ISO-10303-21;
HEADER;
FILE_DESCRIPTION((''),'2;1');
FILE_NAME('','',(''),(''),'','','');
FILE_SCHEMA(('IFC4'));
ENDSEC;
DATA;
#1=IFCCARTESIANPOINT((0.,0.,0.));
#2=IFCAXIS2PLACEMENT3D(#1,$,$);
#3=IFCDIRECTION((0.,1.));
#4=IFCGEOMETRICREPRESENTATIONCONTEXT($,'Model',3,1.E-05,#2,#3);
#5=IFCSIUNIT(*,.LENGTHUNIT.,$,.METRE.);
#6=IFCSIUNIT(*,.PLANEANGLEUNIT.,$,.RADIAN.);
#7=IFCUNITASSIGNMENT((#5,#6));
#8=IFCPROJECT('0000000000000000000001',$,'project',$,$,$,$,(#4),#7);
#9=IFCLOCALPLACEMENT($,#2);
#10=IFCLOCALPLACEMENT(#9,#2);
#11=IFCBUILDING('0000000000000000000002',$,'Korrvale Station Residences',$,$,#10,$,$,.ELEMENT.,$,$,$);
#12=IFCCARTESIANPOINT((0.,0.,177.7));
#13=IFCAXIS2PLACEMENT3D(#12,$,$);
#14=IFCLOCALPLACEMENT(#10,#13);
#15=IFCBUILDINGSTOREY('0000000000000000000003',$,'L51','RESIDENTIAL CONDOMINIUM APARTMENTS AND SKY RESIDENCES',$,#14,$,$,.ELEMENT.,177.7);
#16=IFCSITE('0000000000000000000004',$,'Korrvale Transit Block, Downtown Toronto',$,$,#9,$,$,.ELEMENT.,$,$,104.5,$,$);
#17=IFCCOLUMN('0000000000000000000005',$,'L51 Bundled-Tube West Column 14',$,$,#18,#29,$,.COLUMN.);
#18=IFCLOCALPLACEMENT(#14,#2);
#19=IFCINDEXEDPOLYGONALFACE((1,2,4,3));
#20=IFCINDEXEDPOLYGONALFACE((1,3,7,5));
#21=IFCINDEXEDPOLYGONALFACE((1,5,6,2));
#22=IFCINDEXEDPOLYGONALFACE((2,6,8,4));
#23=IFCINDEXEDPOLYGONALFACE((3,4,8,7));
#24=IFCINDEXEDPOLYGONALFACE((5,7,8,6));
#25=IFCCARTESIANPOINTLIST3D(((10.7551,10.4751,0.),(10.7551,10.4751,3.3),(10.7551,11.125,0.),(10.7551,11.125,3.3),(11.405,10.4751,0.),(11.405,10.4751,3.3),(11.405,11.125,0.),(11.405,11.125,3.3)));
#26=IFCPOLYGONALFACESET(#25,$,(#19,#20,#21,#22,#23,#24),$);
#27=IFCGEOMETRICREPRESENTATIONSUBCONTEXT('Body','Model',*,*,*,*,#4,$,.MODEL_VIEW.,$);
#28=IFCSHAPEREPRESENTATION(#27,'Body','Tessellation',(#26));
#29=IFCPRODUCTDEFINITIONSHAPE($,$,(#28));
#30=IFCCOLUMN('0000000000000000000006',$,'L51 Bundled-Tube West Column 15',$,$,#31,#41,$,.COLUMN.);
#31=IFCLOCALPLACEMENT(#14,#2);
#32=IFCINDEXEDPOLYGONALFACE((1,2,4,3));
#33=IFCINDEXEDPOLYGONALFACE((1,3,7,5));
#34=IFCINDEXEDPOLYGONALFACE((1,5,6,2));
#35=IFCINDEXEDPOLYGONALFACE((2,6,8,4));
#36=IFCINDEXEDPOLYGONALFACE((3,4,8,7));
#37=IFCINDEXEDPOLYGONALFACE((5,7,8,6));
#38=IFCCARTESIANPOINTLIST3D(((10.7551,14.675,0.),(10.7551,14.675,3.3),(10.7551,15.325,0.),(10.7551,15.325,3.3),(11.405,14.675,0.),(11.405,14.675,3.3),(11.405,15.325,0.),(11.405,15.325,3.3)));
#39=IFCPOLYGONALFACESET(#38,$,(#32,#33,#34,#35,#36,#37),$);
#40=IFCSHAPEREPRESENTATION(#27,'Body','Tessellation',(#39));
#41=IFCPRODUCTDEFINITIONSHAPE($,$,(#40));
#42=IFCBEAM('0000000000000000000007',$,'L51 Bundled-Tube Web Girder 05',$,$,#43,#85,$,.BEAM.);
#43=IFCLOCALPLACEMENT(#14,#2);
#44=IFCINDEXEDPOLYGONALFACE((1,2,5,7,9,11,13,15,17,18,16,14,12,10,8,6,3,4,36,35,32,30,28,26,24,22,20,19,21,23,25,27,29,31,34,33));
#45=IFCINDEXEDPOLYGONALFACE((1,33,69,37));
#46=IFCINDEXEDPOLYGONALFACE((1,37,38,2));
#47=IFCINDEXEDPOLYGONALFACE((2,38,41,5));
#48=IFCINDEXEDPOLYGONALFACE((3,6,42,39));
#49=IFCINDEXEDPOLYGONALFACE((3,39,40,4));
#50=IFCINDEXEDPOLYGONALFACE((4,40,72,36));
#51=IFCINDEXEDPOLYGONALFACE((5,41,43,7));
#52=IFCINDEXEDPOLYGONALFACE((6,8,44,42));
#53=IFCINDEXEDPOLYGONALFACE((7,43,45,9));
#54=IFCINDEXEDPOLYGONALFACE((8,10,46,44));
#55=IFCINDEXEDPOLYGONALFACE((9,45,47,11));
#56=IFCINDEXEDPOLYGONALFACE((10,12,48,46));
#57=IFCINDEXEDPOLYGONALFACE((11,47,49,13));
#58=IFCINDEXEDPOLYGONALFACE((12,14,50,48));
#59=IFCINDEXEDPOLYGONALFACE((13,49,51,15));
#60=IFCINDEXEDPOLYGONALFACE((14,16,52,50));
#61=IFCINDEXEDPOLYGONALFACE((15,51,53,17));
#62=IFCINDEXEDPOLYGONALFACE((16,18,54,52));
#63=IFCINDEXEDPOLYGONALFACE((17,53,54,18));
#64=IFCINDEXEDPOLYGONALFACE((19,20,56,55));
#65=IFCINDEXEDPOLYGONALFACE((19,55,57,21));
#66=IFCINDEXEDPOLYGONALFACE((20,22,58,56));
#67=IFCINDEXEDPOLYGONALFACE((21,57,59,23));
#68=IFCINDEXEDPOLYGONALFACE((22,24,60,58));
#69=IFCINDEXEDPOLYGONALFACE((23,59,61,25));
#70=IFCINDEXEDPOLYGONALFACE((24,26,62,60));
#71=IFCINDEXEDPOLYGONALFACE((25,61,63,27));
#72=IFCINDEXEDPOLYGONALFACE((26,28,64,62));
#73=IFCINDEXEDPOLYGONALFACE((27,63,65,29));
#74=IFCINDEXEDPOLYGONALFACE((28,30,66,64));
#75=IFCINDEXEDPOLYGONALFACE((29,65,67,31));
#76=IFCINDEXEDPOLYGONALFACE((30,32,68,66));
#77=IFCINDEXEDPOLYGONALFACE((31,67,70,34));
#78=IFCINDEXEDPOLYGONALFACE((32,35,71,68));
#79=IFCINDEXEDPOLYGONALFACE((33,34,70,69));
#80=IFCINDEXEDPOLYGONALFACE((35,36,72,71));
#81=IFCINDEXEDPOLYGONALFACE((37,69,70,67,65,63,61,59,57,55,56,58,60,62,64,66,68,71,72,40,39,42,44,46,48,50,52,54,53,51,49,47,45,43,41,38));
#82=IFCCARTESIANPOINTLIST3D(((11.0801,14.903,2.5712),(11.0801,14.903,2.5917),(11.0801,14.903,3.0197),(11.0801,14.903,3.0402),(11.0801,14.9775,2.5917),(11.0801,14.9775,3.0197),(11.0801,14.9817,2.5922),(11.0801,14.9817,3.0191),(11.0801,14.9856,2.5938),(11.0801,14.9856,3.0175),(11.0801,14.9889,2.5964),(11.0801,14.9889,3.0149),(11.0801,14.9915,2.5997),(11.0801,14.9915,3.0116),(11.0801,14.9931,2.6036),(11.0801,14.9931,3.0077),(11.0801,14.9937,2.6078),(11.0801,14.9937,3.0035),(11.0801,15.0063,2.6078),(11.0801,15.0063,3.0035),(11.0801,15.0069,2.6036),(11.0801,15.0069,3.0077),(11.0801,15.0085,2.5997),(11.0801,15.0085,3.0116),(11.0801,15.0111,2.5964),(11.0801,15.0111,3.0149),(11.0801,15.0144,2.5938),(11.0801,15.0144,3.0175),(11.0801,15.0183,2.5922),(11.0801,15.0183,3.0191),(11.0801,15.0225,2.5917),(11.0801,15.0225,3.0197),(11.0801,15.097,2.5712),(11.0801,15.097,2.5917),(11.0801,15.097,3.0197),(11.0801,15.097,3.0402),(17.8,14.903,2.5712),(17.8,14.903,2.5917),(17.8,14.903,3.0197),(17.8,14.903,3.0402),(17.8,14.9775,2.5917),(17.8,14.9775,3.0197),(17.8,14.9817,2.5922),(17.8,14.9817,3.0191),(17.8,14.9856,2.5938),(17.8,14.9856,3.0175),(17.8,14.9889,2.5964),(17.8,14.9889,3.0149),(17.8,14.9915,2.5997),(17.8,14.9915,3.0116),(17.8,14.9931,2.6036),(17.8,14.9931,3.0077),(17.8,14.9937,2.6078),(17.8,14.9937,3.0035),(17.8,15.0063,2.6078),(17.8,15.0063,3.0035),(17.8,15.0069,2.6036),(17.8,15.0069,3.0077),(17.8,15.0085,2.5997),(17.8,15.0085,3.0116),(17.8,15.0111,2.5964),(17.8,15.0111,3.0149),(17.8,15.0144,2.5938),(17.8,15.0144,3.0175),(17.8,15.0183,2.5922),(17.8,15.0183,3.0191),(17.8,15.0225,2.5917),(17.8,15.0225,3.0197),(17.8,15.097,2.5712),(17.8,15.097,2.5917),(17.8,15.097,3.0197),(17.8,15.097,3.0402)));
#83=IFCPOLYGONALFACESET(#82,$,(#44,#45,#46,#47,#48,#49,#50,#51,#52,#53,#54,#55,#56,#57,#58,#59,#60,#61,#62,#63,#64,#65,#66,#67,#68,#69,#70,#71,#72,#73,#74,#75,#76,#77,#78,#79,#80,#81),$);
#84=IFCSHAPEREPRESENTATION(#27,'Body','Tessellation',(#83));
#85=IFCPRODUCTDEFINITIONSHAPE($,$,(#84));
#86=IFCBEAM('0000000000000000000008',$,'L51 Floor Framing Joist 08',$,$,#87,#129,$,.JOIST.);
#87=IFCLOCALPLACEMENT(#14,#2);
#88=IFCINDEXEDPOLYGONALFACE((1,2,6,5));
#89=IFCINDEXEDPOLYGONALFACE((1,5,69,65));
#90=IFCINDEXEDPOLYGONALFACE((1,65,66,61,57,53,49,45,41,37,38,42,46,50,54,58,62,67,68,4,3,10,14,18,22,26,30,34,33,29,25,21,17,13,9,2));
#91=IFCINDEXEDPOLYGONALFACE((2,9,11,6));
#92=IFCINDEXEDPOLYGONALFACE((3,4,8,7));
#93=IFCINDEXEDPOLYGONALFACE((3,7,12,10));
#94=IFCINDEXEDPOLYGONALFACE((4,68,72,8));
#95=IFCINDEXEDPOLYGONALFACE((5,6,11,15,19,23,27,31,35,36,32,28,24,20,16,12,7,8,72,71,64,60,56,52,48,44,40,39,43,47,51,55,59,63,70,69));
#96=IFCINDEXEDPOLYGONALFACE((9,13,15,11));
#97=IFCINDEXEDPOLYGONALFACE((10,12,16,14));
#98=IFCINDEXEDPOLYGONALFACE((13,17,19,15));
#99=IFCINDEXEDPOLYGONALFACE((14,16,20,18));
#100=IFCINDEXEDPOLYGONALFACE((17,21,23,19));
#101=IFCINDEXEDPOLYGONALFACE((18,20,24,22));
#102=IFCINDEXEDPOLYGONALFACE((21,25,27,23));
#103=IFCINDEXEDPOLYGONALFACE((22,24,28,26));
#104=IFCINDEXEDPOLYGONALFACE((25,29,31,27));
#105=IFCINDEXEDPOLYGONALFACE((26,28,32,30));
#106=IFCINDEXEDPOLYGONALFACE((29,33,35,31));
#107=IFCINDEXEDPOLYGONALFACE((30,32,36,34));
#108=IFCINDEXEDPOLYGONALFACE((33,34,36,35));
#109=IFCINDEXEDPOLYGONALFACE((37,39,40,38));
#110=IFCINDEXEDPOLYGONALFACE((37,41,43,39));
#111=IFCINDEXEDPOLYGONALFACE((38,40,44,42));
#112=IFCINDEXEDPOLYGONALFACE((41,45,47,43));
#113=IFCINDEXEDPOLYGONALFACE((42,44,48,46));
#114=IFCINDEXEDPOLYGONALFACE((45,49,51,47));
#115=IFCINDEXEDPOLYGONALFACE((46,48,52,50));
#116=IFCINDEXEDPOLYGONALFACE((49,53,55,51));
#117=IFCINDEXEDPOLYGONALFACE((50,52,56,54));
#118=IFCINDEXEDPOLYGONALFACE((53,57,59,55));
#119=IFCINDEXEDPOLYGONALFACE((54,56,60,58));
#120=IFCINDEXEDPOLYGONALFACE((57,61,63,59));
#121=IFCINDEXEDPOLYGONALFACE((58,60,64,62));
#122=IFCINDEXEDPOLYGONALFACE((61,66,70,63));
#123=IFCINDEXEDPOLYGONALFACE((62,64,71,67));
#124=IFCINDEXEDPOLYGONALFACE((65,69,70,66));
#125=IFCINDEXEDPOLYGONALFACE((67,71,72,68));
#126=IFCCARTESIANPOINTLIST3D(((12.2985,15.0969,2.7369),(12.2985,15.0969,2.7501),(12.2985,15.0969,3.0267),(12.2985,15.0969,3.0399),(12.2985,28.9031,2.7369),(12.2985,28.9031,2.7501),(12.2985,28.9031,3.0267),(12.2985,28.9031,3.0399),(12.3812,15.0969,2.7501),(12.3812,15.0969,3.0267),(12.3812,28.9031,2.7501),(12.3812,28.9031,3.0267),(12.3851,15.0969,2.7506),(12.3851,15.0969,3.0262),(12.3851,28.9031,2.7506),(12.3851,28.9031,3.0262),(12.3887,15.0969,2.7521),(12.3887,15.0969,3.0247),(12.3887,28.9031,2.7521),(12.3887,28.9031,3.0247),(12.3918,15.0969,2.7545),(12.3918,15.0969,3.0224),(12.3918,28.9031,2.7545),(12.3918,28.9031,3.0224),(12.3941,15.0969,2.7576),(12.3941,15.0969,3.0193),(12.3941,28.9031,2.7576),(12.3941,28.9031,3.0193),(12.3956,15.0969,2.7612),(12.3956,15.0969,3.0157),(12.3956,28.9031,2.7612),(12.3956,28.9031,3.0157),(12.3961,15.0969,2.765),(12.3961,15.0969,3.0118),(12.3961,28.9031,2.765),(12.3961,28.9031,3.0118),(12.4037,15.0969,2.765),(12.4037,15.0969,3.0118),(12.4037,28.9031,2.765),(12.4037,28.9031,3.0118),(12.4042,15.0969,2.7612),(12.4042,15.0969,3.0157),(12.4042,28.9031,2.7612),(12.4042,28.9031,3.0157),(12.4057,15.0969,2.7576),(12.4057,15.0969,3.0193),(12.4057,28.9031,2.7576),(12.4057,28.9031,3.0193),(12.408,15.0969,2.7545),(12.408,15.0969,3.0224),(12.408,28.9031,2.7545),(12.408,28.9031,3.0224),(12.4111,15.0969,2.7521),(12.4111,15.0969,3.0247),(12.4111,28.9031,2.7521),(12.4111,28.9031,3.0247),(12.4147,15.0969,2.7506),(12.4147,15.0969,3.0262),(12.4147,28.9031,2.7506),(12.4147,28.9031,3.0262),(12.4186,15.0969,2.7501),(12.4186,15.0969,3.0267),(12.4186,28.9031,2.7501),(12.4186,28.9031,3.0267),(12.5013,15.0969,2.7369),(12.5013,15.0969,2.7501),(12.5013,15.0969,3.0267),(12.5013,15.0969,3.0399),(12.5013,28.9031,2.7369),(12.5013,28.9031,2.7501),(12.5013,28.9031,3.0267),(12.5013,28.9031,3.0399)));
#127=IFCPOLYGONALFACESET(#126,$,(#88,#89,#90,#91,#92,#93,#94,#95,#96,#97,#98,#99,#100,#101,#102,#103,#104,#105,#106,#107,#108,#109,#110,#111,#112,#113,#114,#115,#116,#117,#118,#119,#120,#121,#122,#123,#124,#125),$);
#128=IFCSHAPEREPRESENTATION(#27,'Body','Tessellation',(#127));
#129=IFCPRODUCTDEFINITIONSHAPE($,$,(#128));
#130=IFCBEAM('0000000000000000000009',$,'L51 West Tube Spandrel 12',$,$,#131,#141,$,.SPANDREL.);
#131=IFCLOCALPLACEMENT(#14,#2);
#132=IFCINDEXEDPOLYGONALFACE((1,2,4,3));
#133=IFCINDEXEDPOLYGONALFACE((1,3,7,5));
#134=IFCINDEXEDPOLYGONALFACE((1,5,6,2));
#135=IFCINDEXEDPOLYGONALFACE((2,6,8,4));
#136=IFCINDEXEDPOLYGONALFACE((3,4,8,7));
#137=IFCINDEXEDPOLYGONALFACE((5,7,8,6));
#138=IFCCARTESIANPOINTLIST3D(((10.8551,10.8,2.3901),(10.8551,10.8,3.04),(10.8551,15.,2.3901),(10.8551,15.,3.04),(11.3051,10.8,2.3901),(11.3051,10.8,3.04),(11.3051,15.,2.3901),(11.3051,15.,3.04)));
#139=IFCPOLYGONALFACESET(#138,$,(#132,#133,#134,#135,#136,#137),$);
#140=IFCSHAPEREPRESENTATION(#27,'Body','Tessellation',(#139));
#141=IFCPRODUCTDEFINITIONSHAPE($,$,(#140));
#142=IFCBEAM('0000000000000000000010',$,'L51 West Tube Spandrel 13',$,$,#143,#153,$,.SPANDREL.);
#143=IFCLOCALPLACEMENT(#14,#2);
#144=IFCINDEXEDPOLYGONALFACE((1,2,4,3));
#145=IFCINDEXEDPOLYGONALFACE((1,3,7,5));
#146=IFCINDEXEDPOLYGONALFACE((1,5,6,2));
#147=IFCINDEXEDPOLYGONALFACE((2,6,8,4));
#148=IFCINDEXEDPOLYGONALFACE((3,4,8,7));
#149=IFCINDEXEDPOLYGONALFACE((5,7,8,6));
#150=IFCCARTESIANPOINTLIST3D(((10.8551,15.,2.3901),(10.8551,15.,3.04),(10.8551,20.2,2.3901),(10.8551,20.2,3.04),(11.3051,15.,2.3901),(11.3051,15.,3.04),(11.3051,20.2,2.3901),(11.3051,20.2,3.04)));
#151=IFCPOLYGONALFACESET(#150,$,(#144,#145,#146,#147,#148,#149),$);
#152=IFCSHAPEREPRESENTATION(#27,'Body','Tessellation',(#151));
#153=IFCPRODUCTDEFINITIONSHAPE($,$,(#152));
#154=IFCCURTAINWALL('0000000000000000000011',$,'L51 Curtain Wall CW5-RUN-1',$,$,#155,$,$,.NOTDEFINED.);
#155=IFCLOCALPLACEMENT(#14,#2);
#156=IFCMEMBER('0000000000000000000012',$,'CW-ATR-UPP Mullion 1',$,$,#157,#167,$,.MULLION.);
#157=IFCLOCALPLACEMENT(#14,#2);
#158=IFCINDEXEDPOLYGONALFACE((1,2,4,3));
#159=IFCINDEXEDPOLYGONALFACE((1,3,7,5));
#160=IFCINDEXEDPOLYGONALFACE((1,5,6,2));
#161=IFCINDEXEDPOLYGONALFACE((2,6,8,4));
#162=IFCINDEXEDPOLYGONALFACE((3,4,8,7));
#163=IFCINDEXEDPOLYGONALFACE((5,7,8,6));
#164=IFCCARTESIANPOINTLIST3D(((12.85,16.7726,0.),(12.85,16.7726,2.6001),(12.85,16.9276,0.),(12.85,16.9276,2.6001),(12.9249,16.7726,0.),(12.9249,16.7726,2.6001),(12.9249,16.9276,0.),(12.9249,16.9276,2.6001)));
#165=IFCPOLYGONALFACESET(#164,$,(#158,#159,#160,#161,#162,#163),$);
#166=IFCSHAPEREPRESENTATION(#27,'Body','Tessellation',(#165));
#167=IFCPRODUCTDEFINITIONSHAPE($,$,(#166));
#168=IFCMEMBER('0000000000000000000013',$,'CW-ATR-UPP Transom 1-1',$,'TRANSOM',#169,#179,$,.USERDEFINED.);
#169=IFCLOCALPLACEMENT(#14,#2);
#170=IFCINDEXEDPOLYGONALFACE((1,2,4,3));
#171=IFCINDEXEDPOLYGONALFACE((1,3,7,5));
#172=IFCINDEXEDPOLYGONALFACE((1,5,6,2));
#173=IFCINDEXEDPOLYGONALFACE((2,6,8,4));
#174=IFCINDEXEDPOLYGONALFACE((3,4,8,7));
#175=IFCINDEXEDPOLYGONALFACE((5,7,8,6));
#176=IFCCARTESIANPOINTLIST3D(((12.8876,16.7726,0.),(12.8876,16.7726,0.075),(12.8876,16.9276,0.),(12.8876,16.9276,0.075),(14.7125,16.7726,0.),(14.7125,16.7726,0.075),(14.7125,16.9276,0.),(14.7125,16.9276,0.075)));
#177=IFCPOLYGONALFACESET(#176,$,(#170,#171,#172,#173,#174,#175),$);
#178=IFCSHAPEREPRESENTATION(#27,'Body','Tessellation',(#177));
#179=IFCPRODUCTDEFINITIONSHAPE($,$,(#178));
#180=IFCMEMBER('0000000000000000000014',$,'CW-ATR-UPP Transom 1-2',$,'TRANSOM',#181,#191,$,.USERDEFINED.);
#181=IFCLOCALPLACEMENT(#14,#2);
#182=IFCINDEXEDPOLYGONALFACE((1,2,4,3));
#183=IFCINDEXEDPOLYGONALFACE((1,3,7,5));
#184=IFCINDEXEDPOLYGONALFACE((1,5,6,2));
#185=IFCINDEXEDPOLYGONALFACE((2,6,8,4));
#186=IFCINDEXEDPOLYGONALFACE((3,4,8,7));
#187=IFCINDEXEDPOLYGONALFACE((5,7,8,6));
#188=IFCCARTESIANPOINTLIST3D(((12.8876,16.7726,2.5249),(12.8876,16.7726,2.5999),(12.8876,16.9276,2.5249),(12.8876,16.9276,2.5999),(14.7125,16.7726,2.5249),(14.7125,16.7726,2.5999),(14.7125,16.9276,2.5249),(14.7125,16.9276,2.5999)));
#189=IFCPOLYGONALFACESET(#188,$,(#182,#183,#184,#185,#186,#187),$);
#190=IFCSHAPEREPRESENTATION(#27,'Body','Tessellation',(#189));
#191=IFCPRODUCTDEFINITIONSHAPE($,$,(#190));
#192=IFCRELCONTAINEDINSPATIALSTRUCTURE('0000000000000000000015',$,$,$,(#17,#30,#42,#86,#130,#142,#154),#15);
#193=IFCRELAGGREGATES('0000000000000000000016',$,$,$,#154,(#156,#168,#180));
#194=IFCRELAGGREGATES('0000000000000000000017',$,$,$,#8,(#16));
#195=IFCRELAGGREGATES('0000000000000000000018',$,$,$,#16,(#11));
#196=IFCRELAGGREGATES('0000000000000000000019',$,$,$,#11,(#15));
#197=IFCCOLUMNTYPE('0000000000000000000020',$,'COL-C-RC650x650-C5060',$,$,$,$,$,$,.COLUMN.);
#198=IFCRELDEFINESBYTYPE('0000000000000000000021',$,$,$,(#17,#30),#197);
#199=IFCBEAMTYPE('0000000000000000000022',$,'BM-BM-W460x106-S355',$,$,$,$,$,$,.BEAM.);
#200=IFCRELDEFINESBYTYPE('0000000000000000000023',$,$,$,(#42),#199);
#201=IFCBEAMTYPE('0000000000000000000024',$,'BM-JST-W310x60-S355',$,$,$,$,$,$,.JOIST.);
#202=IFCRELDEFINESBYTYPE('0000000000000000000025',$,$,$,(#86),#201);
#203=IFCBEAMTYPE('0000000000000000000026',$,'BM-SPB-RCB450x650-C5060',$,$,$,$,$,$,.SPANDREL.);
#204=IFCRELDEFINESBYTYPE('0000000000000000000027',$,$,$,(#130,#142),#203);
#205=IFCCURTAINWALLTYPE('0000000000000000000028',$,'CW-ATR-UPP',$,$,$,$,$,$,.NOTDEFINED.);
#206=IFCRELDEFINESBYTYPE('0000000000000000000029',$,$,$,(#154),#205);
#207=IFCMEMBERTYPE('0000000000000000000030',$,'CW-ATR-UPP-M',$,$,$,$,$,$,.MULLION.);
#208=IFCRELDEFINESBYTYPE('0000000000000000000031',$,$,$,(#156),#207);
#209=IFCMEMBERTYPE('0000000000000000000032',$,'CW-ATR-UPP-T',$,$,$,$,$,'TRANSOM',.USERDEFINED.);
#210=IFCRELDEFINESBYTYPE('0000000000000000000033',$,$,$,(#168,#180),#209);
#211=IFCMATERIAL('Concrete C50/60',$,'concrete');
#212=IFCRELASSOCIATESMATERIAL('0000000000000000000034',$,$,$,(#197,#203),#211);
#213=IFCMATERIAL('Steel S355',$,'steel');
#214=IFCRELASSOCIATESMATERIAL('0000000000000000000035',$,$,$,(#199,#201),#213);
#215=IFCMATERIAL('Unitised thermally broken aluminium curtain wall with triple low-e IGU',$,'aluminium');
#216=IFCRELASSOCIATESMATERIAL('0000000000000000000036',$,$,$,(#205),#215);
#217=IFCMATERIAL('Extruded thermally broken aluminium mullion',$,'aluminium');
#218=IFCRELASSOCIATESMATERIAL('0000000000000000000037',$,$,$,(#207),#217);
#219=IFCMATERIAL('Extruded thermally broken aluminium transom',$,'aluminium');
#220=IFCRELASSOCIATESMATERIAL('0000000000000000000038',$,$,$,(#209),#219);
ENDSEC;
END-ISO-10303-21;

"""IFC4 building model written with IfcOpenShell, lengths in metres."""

from ifc_helpers import new_model, si_unit, direction, frame, origin, origin_2d, place, context, subcontext, project, spatial, rectangle, i_section, extrude, material, material_profile, profile_set, type_object, element, aggregate, save


model = new_model("IFC4")

# Units and contexts
model_context = context("Model", 3, precision=1e-05, world=origin(), true_north=direction((0.0, 1.0)))
body_context = subcontext(model_context, "Body", "Model", "MODEL_VIEW")
ifc_project = project(units=[si_unit("LENGTHUNIT", "METRE"), si_unit("PLANEANGLEUNIT", "RADIAN")], contexts=[model_context])

# Site, building, storey
site_placement = place(None, origin())
site = spatial("IfcSite", under=ifc_project, at=site_placement, Name="Korrvale Transit Block, Downtown Toronto", CompositionType="ELEMENT", RefElevation=104.5)
building_placement = place(site_placement, origin())
building = spatial("IfcBuilding", under=site, at=building_placement, Name="Korrvale Station Residences", CompositionType="ELEMENT")
storey_placement = place(building_placement, frame((0.0, 0.0, 177.7)))
storey = spatial("IfcBuildingStorey", under=building, at=storey_placement, Name="L51", Description="RESIDENTIAL CONDOMINIUM APARTMENTS AND SKY RESIDENCES", CompositionType="ELEMENT", Elevation=177.7)

# Columns
ifc_material_1 = material(Name="Concrete C50/60", Category="concrete")
ifc_material_profile_1 = material_profile(ifc_material_1, rectangle(XDim=0.6499, YDim=0.6499, at=origin_2d()), Name="RC650x650")
ifc_profile_set_1 = profile_set([ifc_material_profile_1], Name="Concrete C50/60")
column_type = type_object("IfcColumnType", Name="COL-C-RC650x650-C5060", PredefinedType="COLUMN", material=ifc_profile_set_1)
for number, where, z_axis, x_axis, name in (
    (1, (11.0801, 10.8, 0.0), (0.0, 0.0, 1.0), (1.0, 0.0, 0.0), "L51 Bundled-Tube West Column 14"),
    (2, (11.0801, 15.0, 0.0), (0.0, 0.0, 1.0), (1.0, 0.0, 0.0), "L51 Bundled-Tube West Column 15"),
):
    element("IfcColumn", number, at=place(storey_placement, frame(where, z_axis=z_axis, x_axis=x_axis)), inside=storey, type_object=column_type, Name=name, PredefinedType="COLUMN", context=body_context, shape_type="SweptSolid", body=[
        extrude(rectangle(XDim=0.6499, YDim=0.6499, at=origin_2d()), origin(), (0.0, 0.0, 1.0), 3.3),
    ])

# Beams
ifc_material_2 = material(Name="Steel S355", Category="steel")
ifc_material_profile_2 = material_profile(ifc_material_2, i_section(OverallWidth=0.1941, OverallDepth=0.469, WebThickness=0.0127, FlangeThickness=0.0205, FilletRadius=0.0161, at=origin_2d()), Name="W460x106")
ifc_profile_set_2 = profile_set([ifc_material_profile_2], Name="Steel S355")
beam_type_1 = type_object("IfcBeamType", Name="BM-BM-W460x106-S355", PredefinedType="BEAM", material=ifc_profile_set_2)
beam_1_placement = place(storey_placement, frame((11.0801, 15.0, 2.8057), z_axis=(1.0, 0.0, 0.0), x_axis=(0.0, 1.0, 0.0)))
element("IfcBeam", 3, at=beam_1_placement, inside=storey, type_object=beam_type_1, Name="L51 Bundled-Tube Web Girder 05", PredefinedType="BEAM", context=body_context, shape_type="SweptSolid", body=[
    extrude(i_section(OverallWidth=0.1941, OverallDepth=0.469, WebThickness=0.0127, FlangeThickness=0.0205, FilletRadius=0.0161, at=origin_2d()), origin(), (0.0, 0.0, 1.0), 6.72),
])
ifc_material_profile_3 = material_profile(ifc_material_2, i_section(OverallWidth=0.2029, OverallDepth=0.303, WebThickness=0.0076, FlangeThickness=0.0132, FilletRadius=0.0149, at=origin_2d()), Name="W310x60")
ifc_profile_set_3 = profile_set([ifc_material_profile_3], Name="Steel S355")
beam_type_2 = type_object("IfcBeamType", Name="BM-JST-W310x60-S355", PredefinedType="JOIST", material=ifc_profile_set_3)
beam_2_placement = place(storey_placement, frame((12.3999, 15.0969, 2.8884), z_axis=(0.0, 1.0, 0.0), x_axis=(-1.0, 0.0, 0.0)))
element("IfcBeam", 4, at=beam_2_placement, inside=storey, type_object=beam_type_2, Name="L51 Floor Framing Joist 08", PredefinedType="JOIST", context=body_context, shape_type="SweptSolid", body=[
    extrude(i_section(OverallWidth=0.2029, OverallDepth=0.303, WebThickness=0.0076, FlangeThickness=0.0132, FilletRadius=0.0149, at=origin_2d()), origin(), (0.0, 0.0, 1.0), 13.8062),
])
ifc_material_profile_4 = material_profile(ifc_material_1, rectangle(XDim=0.45, YDim=0.6499, at=origin_2d()), Name="RCB450x650")
ifc_profile_set_4 = profile_set([ifc_material_profile_4], Name="Concrete C50/60")
beam_type_3 = type_object("IfcBeamType", Name="BM-SPB-RCB450x650-C5060", PredefinedType="SPANDREL", material=ifc_profile_set_4)
beam_3_placement = place(storey_placement, frame((11.0801, 10.8, 2.7151), z_axis=(0.0, 1.0, 0.0), x_axis=(-1.0, 0.0, 0.0)))
element("IfcBeam", 5, at=beam_3_placement, inside=storey, type_object=beam_type_3, Name="L51 West Tube Spandrel 12", PredefinedType="SPANDREL", context=body_context, shape_type="SweptSolid", body=[
    extrude(rectangle(XDim=0.45, YDim=0.6499, at=origin_2d()), origin(), (0.0, 0.0, 1.0), 4.2),
])
beam_4_placement = place(storey_placement, frame((11.0801, 15.0, 2.7151), z_axis=(0.0, 1.0, 0.0), x_axis=(-1.0, 0.0, 0.0)))
element("IfcBeam", 6, at=beam_4_placement, inside=storey, type_object=beam_type_3, Name="L51 West Tube Spandrel 13", PredefinedType="SPANDREL", context=body_context, shape_type="SweptSolid", body=[
    extrude(rectangle(XDim=0.45, YDim=0.6499, at=origin_2d()), origin(), (0.0, 0.0, 1.0), 5.2),
])

# Curtain wall, members
ifc_material_3 = material(Name="Unitised thermally broken aluminium curtain wall with triple low-e IGU", Category="aluminium")
curtain_wall_type = type_object("IfcCurtainWallType", Name="CW-ATR-UPP", PredefinedType="NOTDEFINED", material=ifc_material_3)
curtain_wall_placement = place(storey_placement, origin())
curtain_wall = element("IfcCurtainWall", 7, at=curtain_wall_placement, inside=storey, type_object=curtain_wall_type, Name="L51 Curtain Wall CW5-RUN-1", PredefinedType="NOTDEFINED")
ifc_material_4 = material(Name="Extruded thermally broken aluminium mullion", Category="aluminium")
member_type_1 = type_object("IfcMemberType", Name="CW-ATR-UPP-M", PredefinedType="MULLION", material=ifc_material_4)
member_1_placement = place(storey_placement, frame((12.8875, 16.8501, 0.0), z_axis=(0.0, 0.0, 1.0), x_axis=(1.0, 0.0, 0.0)))
member_1 = element("IfcMember", 8, at=member_1_placement, type_object=member_type_1, Name="CW-ATR-UPP Mullion 1", PredefinedType="MULLION", context=body_context, shape_type="SweptSolid", body=[
    extrude(rectangle(XDim=0.075, YDim=0.155, at=origin_2d()), origin(), (0.0, 0.0, 1.0), 2.6001),
])
ifc_material_5 = material(Name="Extruded thermally broken aluminium transom", Category="aluminium")
member_type_2 = type_object("IfcMemberType", Name="CW-ATR-UPP-T", ElementType="TRANSOM", PredefinedType="USERDEFINED", material=ifc_material_5)
member_2_placement = place(storey_placement, frame((13.8, 16.8501, 0.0), z_axis=(0.0, 0.0, 1.0), x_axis=(1.0, 0.0, 0.0)))
member_2 = element("IfcMember", 9, at=member_2_placement, type_object=member_type_2, Name="CW-ATR-UPP Transom 1-1", ObjectType="TRANSOM", PredefinedType="USERDEFINED", context=body_context, shape_type="SweptSolid", body=[
    extrude(rectangle(XDim=1.825, YDim=0.155, at=origin_2d()), origin(), (0.0, 0.0, 1.0), 0.075),
])
member_3_placement = place(storey_placement, frame((13.8, 16.8501, 2.5249), z_axis=(0.0, 0.0, 1.0), x_axis=(1.0, 0.0, 0.0)))
member_3 = element("IfcMember", 10, at=member_3_placement, type_object=member_type_2, Name="CW-ATR-UPP Transom 1-2", ObjectType="TRANSOM", PredefinedType="USERDEFINED", context=body_context, shape_type="SweptSolid", body=[
    extrude(rectangle(XDim=1.825, YDim=0.155, at=origin_2d()), origin(), (0.0, 0.0, 1.0), 0.075),
])
aggregate(curtain_wall, [member_1, member_2, member_3])

save(model, "model.ifc")
